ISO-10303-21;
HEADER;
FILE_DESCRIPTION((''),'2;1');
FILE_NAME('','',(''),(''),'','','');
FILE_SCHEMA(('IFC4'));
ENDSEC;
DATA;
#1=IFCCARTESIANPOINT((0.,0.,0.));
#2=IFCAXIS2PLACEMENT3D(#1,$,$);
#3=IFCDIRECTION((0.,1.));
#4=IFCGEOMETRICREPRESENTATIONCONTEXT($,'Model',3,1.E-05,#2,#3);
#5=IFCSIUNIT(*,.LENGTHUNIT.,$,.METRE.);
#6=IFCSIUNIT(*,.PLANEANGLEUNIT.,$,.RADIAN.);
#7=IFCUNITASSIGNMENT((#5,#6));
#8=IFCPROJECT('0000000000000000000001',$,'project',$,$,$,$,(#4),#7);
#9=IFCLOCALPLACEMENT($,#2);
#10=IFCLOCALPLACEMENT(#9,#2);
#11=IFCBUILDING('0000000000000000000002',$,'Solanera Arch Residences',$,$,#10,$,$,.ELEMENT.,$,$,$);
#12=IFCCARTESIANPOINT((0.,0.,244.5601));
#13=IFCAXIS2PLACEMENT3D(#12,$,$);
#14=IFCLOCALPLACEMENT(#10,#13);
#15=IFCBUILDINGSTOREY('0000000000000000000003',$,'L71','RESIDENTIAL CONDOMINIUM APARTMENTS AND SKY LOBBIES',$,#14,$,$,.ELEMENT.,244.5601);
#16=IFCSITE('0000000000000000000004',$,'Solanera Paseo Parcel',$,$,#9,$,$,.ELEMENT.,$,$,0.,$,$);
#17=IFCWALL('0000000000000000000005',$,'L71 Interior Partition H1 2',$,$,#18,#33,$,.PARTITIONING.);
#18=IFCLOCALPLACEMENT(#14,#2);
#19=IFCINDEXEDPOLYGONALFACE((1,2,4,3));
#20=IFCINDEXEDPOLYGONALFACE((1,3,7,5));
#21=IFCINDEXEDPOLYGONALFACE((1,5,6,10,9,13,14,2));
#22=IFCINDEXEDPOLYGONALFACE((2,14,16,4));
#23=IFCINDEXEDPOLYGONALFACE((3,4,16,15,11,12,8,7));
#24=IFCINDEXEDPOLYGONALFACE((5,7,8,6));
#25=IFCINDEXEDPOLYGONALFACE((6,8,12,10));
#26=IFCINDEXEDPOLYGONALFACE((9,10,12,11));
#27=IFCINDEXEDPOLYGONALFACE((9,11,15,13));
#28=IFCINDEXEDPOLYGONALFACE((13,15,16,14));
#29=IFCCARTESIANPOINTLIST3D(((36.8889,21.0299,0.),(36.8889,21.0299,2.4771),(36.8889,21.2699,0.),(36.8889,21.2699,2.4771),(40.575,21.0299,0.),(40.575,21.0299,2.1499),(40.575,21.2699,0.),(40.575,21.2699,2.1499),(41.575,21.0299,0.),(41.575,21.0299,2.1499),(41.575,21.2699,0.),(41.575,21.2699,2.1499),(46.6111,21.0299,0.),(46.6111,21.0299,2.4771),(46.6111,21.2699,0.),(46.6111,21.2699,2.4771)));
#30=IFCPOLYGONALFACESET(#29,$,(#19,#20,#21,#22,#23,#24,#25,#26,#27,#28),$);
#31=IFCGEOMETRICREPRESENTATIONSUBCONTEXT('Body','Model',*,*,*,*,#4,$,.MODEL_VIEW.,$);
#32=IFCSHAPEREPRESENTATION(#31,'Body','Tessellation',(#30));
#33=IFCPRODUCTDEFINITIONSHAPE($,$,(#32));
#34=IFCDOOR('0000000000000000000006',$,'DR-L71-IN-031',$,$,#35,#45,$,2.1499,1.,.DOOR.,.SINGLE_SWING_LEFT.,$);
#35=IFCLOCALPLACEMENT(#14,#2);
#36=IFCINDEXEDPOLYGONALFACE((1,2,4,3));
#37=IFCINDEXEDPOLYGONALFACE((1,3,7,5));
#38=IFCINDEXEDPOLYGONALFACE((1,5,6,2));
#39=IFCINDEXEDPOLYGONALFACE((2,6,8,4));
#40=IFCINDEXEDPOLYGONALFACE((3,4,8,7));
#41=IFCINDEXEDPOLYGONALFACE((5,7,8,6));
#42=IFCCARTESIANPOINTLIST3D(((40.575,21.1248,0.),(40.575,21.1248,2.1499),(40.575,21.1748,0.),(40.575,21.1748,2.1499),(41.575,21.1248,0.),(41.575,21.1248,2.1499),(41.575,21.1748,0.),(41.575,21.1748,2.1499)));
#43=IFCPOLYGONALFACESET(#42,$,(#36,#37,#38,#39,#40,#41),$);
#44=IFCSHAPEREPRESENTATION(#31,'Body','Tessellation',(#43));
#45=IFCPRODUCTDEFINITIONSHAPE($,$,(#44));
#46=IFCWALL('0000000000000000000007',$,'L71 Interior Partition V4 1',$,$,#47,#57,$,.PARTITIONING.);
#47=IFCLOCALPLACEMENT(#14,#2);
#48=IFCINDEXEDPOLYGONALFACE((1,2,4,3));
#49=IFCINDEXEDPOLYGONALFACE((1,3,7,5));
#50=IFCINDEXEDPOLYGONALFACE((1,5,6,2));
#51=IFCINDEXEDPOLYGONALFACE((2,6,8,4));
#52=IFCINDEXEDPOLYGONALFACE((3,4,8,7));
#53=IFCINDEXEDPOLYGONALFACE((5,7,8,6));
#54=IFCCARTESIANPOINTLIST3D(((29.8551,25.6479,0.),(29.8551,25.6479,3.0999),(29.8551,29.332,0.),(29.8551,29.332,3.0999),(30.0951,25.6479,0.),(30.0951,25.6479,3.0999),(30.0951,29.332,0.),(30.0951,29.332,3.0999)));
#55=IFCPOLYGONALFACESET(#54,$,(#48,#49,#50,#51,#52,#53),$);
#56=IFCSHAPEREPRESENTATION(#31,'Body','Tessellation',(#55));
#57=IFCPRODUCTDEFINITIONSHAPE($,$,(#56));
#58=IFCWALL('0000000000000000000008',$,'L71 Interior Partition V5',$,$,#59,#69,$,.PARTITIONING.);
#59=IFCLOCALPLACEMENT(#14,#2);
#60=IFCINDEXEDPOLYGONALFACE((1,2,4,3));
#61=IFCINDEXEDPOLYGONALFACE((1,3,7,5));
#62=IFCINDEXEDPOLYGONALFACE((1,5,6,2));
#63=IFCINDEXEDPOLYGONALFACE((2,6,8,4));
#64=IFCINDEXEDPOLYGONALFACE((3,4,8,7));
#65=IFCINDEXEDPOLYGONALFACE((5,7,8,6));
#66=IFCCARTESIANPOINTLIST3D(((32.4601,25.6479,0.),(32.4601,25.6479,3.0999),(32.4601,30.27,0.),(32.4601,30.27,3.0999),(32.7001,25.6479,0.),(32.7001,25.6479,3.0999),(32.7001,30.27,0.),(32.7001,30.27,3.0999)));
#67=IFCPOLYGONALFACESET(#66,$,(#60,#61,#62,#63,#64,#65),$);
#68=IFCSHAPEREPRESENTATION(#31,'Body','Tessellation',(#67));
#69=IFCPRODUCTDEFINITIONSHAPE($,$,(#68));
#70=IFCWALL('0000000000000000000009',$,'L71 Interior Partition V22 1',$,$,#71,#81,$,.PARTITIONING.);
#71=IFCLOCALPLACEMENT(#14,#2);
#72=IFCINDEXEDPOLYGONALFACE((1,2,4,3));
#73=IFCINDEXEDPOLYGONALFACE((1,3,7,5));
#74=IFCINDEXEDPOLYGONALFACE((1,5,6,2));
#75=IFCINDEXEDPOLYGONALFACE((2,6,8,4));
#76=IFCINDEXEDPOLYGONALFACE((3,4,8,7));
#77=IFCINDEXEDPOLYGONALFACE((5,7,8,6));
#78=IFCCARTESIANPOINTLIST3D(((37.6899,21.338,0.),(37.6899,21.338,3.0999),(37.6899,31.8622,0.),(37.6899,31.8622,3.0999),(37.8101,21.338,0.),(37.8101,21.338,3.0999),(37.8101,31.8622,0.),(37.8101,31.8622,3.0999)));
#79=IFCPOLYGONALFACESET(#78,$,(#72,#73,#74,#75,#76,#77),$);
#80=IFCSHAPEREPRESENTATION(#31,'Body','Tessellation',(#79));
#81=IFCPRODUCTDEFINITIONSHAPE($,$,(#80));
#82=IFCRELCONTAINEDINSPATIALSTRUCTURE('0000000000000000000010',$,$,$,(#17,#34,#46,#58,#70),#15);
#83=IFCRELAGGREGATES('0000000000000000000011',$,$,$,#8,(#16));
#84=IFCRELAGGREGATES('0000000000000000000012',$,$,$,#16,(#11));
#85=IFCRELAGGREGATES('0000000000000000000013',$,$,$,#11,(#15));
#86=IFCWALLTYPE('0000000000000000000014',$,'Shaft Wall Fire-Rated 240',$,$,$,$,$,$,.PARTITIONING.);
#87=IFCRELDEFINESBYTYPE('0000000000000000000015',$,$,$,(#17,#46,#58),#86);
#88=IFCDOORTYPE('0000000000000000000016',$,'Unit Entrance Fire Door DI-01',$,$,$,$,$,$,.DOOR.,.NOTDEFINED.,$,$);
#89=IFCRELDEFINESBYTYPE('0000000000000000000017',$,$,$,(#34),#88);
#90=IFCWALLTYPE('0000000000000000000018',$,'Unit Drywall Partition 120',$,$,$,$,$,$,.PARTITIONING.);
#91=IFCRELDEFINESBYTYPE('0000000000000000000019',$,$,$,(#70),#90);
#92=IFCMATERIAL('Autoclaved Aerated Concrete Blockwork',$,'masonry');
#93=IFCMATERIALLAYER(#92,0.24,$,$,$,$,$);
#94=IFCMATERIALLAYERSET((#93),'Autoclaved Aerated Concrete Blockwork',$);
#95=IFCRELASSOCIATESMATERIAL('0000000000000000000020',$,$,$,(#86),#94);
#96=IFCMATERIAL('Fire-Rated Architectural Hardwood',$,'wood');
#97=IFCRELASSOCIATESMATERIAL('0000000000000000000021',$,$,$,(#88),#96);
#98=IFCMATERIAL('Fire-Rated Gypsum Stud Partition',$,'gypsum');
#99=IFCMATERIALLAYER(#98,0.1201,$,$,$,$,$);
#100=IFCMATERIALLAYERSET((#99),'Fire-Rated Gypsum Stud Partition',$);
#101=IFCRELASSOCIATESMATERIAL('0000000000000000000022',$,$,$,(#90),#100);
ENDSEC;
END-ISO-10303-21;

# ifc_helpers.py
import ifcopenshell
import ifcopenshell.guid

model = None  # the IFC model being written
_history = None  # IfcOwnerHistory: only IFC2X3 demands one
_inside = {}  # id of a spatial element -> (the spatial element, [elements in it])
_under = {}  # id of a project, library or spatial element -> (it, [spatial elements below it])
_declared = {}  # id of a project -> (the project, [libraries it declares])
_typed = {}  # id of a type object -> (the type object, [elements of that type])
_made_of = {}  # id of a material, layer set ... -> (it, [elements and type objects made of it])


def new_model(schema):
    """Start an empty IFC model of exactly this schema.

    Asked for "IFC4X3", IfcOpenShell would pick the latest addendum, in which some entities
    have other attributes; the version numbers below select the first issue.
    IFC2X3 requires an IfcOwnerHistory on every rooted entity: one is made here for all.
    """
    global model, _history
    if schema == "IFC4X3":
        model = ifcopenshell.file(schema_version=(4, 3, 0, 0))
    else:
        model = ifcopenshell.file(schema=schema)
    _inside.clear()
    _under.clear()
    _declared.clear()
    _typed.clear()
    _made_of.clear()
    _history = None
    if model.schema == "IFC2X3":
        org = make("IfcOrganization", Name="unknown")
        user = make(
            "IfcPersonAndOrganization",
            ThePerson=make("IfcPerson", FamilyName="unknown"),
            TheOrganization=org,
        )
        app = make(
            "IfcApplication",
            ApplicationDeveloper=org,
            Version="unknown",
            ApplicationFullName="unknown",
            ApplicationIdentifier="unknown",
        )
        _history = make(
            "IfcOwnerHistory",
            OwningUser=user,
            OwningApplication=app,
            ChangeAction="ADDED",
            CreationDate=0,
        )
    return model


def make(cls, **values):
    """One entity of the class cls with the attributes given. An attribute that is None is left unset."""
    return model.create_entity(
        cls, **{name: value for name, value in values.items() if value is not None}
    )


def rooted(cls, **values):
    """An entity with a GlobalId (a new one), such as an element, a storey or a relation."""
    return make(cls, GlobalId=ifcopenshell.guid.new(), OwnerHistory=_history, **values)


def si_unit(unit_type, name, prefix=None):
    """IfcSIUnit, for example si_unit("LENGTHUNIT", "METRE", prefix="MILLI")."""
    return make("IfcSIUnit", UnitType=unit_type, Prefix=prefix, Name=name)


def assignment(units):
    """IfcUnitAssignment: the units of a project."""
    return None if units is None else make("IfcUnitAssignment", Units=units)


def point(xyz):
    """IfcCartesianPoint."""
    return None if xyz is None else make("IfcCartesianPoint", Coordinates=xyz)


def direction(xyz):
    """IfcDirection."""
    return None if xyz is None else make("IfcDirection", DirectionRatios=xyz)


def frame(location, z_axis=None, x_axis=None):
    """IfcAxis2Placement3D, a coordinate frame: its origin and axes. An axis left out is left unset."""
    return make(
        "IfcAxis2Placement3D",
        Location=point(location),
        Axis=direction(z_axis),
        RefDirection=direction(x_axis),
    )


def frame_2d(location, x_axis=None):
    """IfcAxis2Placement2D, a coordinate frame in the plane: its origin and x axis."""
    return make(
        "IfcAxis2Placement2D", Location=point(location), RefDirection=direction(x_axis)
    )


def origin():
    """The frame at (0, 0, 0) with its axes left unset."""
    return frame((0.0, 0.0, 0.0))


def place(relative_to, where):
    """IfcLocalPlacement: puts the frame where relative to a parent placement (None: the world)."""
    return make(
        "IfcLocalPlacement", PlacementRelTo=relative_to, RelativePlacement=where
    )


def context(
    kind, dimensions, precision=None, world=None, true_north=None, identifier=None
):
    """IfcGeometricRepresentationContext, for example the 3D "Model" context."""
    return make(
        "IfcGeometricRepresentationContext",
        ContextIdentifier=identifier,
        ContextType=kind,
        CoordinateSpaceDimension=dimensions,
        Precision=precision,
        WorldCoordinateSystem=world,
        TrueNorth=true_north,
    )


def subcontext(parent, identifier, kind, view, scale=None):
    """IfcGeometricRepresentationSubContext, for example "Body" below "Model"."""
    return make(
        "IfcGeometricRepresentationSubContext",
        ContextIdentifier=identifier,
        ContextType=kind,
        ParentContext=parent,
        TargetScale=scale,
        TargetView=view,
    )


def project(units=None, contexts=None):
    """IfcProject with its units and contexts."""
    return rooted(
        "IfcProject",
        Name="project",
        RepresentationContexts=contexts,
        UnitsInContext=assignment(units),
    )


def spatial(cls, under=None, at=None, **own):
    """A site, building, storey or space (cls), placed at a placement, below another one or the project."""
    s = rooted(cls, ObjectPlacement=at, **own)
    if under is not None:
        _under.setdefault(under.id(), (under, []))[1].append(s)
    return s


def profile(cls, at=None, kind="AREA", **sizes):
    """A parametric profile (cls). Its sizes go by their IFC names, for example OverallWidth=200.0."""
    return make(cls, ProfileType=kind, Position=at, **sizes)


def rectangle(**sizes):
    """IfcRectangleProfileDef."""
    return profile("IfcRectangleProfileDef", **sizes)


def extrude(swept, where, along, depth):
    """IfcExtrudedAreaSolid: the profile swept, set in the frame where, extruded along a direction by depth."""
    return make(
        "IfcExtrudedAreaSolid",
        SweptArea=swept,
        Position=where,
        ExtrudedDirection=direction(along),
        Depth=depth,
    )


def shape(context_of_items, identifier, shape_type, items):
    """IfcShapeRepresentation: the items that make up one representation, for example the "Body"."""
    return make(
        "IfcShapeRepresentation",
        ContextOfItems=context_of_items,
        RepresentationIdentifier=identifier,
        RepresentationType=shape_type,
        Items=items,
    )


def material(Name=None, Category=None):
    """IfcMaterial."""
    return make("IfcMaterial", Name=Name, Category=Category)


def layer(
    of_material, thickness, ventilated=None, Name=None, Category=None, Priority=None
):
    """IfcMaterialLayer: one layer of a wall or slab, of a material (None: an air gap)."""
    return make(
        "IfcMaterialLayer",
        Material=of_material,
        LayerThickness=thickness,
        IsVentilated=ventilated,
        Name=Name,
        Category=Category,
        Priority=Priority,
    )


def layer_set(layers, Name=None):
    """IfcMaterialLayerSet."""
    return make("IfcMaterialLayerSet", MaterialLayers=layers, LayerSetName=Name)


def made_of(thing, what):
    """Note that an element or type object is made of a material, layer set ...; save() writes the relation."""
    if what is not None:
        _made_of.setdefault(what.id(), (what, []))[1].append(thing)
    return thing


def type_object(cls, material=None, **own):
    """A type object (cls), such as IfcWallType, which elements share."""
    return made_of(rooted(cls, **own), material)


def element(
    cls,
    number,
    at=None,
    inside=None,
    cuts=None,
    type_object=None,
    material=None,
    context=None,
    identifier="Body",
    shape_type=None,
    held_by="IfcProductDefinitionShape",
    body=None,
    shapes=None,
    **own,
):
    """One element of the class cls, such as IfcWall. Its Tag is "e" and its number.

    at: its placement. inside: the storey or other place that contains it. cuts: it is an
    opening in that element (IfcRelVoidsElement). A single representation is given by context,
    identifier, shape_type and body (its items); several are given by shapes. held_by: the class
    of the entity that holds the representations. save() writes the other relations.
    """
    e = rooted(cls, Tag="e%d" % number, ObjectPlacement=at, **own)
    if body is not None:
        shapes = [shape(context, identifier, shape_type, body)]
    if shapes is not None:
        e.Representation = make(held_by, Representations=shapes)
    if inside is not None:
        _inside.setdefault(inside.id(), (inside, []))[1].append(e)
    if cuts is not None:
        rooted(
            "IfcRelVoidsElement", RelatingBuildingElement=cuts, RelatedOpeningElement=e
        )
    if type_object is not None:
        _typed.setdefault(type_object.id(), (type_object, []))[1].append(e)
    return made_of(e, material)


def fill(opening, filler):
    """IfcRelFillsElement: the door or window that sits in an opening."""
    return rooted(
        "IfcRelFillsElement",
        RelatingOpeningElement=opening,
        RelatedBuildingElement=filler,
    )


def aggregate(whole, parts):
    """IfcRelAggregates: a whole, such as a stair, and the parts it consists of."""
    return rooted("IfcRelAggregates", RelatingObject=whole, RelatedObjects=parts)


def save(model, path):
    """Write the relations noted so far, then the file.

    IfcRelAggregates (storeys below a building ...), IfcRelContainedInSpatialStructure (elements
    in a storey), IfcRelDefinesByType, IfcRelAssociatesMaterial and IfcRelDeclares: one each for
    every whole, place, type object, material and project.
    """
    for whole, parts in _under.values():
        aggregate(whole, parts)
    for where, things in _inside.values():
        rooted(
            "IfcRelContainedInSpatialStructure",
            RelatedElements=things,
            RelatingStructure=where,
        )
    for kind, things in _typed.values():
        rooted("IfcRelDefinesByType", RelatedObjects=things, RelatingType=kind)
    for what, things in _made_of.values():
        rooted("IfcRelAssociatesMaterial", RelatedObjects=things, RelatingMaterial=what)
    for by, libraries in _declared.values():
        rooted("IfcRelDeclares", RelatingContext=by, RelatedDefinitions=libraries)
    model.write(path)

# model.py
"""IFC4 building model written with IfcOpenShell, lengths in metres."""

from ifc_helpers import new_model, si_unit, direction, frame, frame_2d, origin, place, context, subcontext, project, spatial, rectangle, extrude, material, layer, layer_set, type_object, element, fill, save


model = new_model("IFC4")

# Units and contexts
model_context = context("Model", 3, precision=1e-05, world=origin(), true_north=direction((0.0, 1.0)))
body_context = subcontext(model_context, "Body", "Model", "MODEL_VIEW")
ifc_project = project(units=[si_unit("LENGTHUNIT", "METRE"), si_unit("PLANEANGLEUNIT", "RADIAN")], contexts=[model_context])

# Site, building, storey
site_placement = place(None, origin())
site = spatial("IfcSite", under=ifc_project, at=site_placement, Name="Solanera Paseo Parcel", CompositionType="ELEMENT", RefElevation=0.0)
building_placement = place(site_placement, origin())
building = spatial("IfcBuilding", under=site, at=building_placement, Name="Solanera Arch Residences", CompositionType="ELEMENT")
storey_placement = place(building_placement, frame((0.0, 0.0, 244.5601)))
storey = spatial("IfcBuildingStorey", under=building, at=storey_placement, Name="L71", Description="RESIDENTIAL CONDOMINIUM APARTMENTS AND SKY LOBBIES", CompositionType="ELEMENT", Elevation=244.5601)

# Shared definitions
ifc_material_1 = material(Name="Autoclaved Aerated Concrete Blockwork", Category="masonry")
ifc_layer_1 = layer(ifc_material_1, 0.24)
ifc_layer_set_1 = layer_set([ifc_layer_1], Name="Autoclaved Aerated Concrete Blockwork")
wall_type_1 = type_object("IfcWallType", Name="Shaft Wall Fire-Rated 240", PredefinedType="PARTITIONING", material=ifc_layer_set_1)

# Wall, opening, door
wall_1_placement = place(storey_placement, frame((36.8889, 21.1499, 0.0), z_axis=(0.0, 0.0, 1.0), x_axis=(1.0, 0.0, 0.0)))
wall_1 = element("IfcWall", 1, at=wall_1_placement, inside=storey, type_object=wall_type_1, Name="L71 Interior Partition H1 2", PredefinedType="PARTITIONING", context=body_context, shape_type="SweptSolid", body=[
    extrude(rectangle(XDim=9.7222, YDim=0.24, at=frame_2d((4.8611, 0.0))), origin(), (0.0, 0.0, 1.0), 2.4771),
])
opening_1_placement = place(wall_1_placement, frame((3.686, 0.0, 0.0)))
opening_1 = element("IfcOpeningElement", 2, at=opening_1_placement, cuts=wall_1, PredefinedType="OPENING", context=body_context, shape_type="SweptSolid", body=[
    extrude(rectangle(XDim=1.0, YDim=2.1499, at=frame_2d((0.5, 1.075))), frame((0.0, 0.1299, 0.0), z_axis=(0.0, -1.0, 0.0), x_axis=(1.0, 0.0, 0.0)), (0.0, 0.0, 1.0), 0.26),
])
ifc_material_2 = material(Name="Fire-Rated Architectural Hardwood", Category="wood")
door_type_1 = type_object("IfcDoorType", Name="Unit Entrance Fire Door DI-01", OperationType="NOTDEFINED", PredefinedType="DOOR", material=ifc_material_2)
door_1_placement = place(opening_1_placement, origin())
door_1 = element("IfcDoor", 3, at=door_1_placement, inside=storey, type_object=door_type_1, Name="DR-L71-IN-031", OperationType="SINGLE_SWING_LEFT", OverallHeight=2.1499, OverallWidth=1.0, PredefinedType="DOOR", context=body_context, shape_type="SweptSolid", body=[
    extrude(rectangle(XDim=1.0, YDim=2.1499, at=frame_2d((0.5, 1.075))), frame((0.0, 0.0249, 0.0), z_axis=(0.0, -1.0, 0.0), x_axis=(1.0, 0.0, 0.0)), (0.0, 0.0, 1.0), 0.05),
])
fill(opening_1, door_1)

# Wall
wall_2_placement = place(storey_placement, frame((29.9751, 25.6479, 0.0), z_axis=(0.0, 0.0, 1.0), x_axis=(0.0, 1.0, 0.0)))
element("IfcWall", 4, at=wall_2_placement, inside=storey, type_object=wall_type_1, Name="L71 Interior Partition V4 1", PredefinedType="PARTITIONING", context=body_context, shape_type="SweptSolid", body=[
    extrude(rectangle(XDim=3.6841, YDim=0.24, at=frame_2d((1.842, 0.0))), origin(), (0.0, 0.0, 1.0), 3.0999),
])

# Walls
wall_3_placement = place(storey_placement, frame((32.5801, 25.6479, 0.0), z_axis=(0.0, 0.0, 1.0), x_axis=(0.0, 1.0, 0.0)))
element("IfcWall", 5, at=wall_3_placement, inside=storey, type_object=wall_type_1, Name="L71 Interior Partition V5", PredefinedType="PARTITIONING", context=body_context, shape_type="SweptSolid", body=[
    extrude(rectangle(XDim=4.6221, YDim=0.24, at=frame_2d((2.311, 0.0))), origin(), (0.0, 0.0, 1.0), 3.0999),
])
ifc_material_3 = material(Name="Fire-Rated Gypsum Stud Partition", Category="gypsum")
ifc_layer_2 = layer(ifc_material_3, 0.1201)
ifc_layer_set_2 = layer_set([ifc_layer_2], Name="Fire-Rated Gypsum Stud Partition")
wall_type_2 = type_object("IfcWallType", Name="Unit Drywall Partition 120", PredefinedType="PARTITIONING", material=ifc_layer_set_2)
wall_4_placement = place(storey_placement, frame((37.75, 21.3379, 0.0), z_axis=(0.0, 0.0, 1.0), x_axis=(0.0, 1.0, 0.0)))
element("IfcWall", 6, at=wall_4_placement, inside=storey, type_object=wall_type_2, Name="L71 Interior Partition V22 1", PredefinedType="PARTITIONING", context=body_context, shape_type="SweptSolid", body=[
    extrude(rectangle(XDim=10.5242, YDim=0.1201, at=frame_2d((5.2622, 0.0))), origin(), (0.0, 0.0, 1.0), 3.0999),
])

save(model, "model.ifc")
